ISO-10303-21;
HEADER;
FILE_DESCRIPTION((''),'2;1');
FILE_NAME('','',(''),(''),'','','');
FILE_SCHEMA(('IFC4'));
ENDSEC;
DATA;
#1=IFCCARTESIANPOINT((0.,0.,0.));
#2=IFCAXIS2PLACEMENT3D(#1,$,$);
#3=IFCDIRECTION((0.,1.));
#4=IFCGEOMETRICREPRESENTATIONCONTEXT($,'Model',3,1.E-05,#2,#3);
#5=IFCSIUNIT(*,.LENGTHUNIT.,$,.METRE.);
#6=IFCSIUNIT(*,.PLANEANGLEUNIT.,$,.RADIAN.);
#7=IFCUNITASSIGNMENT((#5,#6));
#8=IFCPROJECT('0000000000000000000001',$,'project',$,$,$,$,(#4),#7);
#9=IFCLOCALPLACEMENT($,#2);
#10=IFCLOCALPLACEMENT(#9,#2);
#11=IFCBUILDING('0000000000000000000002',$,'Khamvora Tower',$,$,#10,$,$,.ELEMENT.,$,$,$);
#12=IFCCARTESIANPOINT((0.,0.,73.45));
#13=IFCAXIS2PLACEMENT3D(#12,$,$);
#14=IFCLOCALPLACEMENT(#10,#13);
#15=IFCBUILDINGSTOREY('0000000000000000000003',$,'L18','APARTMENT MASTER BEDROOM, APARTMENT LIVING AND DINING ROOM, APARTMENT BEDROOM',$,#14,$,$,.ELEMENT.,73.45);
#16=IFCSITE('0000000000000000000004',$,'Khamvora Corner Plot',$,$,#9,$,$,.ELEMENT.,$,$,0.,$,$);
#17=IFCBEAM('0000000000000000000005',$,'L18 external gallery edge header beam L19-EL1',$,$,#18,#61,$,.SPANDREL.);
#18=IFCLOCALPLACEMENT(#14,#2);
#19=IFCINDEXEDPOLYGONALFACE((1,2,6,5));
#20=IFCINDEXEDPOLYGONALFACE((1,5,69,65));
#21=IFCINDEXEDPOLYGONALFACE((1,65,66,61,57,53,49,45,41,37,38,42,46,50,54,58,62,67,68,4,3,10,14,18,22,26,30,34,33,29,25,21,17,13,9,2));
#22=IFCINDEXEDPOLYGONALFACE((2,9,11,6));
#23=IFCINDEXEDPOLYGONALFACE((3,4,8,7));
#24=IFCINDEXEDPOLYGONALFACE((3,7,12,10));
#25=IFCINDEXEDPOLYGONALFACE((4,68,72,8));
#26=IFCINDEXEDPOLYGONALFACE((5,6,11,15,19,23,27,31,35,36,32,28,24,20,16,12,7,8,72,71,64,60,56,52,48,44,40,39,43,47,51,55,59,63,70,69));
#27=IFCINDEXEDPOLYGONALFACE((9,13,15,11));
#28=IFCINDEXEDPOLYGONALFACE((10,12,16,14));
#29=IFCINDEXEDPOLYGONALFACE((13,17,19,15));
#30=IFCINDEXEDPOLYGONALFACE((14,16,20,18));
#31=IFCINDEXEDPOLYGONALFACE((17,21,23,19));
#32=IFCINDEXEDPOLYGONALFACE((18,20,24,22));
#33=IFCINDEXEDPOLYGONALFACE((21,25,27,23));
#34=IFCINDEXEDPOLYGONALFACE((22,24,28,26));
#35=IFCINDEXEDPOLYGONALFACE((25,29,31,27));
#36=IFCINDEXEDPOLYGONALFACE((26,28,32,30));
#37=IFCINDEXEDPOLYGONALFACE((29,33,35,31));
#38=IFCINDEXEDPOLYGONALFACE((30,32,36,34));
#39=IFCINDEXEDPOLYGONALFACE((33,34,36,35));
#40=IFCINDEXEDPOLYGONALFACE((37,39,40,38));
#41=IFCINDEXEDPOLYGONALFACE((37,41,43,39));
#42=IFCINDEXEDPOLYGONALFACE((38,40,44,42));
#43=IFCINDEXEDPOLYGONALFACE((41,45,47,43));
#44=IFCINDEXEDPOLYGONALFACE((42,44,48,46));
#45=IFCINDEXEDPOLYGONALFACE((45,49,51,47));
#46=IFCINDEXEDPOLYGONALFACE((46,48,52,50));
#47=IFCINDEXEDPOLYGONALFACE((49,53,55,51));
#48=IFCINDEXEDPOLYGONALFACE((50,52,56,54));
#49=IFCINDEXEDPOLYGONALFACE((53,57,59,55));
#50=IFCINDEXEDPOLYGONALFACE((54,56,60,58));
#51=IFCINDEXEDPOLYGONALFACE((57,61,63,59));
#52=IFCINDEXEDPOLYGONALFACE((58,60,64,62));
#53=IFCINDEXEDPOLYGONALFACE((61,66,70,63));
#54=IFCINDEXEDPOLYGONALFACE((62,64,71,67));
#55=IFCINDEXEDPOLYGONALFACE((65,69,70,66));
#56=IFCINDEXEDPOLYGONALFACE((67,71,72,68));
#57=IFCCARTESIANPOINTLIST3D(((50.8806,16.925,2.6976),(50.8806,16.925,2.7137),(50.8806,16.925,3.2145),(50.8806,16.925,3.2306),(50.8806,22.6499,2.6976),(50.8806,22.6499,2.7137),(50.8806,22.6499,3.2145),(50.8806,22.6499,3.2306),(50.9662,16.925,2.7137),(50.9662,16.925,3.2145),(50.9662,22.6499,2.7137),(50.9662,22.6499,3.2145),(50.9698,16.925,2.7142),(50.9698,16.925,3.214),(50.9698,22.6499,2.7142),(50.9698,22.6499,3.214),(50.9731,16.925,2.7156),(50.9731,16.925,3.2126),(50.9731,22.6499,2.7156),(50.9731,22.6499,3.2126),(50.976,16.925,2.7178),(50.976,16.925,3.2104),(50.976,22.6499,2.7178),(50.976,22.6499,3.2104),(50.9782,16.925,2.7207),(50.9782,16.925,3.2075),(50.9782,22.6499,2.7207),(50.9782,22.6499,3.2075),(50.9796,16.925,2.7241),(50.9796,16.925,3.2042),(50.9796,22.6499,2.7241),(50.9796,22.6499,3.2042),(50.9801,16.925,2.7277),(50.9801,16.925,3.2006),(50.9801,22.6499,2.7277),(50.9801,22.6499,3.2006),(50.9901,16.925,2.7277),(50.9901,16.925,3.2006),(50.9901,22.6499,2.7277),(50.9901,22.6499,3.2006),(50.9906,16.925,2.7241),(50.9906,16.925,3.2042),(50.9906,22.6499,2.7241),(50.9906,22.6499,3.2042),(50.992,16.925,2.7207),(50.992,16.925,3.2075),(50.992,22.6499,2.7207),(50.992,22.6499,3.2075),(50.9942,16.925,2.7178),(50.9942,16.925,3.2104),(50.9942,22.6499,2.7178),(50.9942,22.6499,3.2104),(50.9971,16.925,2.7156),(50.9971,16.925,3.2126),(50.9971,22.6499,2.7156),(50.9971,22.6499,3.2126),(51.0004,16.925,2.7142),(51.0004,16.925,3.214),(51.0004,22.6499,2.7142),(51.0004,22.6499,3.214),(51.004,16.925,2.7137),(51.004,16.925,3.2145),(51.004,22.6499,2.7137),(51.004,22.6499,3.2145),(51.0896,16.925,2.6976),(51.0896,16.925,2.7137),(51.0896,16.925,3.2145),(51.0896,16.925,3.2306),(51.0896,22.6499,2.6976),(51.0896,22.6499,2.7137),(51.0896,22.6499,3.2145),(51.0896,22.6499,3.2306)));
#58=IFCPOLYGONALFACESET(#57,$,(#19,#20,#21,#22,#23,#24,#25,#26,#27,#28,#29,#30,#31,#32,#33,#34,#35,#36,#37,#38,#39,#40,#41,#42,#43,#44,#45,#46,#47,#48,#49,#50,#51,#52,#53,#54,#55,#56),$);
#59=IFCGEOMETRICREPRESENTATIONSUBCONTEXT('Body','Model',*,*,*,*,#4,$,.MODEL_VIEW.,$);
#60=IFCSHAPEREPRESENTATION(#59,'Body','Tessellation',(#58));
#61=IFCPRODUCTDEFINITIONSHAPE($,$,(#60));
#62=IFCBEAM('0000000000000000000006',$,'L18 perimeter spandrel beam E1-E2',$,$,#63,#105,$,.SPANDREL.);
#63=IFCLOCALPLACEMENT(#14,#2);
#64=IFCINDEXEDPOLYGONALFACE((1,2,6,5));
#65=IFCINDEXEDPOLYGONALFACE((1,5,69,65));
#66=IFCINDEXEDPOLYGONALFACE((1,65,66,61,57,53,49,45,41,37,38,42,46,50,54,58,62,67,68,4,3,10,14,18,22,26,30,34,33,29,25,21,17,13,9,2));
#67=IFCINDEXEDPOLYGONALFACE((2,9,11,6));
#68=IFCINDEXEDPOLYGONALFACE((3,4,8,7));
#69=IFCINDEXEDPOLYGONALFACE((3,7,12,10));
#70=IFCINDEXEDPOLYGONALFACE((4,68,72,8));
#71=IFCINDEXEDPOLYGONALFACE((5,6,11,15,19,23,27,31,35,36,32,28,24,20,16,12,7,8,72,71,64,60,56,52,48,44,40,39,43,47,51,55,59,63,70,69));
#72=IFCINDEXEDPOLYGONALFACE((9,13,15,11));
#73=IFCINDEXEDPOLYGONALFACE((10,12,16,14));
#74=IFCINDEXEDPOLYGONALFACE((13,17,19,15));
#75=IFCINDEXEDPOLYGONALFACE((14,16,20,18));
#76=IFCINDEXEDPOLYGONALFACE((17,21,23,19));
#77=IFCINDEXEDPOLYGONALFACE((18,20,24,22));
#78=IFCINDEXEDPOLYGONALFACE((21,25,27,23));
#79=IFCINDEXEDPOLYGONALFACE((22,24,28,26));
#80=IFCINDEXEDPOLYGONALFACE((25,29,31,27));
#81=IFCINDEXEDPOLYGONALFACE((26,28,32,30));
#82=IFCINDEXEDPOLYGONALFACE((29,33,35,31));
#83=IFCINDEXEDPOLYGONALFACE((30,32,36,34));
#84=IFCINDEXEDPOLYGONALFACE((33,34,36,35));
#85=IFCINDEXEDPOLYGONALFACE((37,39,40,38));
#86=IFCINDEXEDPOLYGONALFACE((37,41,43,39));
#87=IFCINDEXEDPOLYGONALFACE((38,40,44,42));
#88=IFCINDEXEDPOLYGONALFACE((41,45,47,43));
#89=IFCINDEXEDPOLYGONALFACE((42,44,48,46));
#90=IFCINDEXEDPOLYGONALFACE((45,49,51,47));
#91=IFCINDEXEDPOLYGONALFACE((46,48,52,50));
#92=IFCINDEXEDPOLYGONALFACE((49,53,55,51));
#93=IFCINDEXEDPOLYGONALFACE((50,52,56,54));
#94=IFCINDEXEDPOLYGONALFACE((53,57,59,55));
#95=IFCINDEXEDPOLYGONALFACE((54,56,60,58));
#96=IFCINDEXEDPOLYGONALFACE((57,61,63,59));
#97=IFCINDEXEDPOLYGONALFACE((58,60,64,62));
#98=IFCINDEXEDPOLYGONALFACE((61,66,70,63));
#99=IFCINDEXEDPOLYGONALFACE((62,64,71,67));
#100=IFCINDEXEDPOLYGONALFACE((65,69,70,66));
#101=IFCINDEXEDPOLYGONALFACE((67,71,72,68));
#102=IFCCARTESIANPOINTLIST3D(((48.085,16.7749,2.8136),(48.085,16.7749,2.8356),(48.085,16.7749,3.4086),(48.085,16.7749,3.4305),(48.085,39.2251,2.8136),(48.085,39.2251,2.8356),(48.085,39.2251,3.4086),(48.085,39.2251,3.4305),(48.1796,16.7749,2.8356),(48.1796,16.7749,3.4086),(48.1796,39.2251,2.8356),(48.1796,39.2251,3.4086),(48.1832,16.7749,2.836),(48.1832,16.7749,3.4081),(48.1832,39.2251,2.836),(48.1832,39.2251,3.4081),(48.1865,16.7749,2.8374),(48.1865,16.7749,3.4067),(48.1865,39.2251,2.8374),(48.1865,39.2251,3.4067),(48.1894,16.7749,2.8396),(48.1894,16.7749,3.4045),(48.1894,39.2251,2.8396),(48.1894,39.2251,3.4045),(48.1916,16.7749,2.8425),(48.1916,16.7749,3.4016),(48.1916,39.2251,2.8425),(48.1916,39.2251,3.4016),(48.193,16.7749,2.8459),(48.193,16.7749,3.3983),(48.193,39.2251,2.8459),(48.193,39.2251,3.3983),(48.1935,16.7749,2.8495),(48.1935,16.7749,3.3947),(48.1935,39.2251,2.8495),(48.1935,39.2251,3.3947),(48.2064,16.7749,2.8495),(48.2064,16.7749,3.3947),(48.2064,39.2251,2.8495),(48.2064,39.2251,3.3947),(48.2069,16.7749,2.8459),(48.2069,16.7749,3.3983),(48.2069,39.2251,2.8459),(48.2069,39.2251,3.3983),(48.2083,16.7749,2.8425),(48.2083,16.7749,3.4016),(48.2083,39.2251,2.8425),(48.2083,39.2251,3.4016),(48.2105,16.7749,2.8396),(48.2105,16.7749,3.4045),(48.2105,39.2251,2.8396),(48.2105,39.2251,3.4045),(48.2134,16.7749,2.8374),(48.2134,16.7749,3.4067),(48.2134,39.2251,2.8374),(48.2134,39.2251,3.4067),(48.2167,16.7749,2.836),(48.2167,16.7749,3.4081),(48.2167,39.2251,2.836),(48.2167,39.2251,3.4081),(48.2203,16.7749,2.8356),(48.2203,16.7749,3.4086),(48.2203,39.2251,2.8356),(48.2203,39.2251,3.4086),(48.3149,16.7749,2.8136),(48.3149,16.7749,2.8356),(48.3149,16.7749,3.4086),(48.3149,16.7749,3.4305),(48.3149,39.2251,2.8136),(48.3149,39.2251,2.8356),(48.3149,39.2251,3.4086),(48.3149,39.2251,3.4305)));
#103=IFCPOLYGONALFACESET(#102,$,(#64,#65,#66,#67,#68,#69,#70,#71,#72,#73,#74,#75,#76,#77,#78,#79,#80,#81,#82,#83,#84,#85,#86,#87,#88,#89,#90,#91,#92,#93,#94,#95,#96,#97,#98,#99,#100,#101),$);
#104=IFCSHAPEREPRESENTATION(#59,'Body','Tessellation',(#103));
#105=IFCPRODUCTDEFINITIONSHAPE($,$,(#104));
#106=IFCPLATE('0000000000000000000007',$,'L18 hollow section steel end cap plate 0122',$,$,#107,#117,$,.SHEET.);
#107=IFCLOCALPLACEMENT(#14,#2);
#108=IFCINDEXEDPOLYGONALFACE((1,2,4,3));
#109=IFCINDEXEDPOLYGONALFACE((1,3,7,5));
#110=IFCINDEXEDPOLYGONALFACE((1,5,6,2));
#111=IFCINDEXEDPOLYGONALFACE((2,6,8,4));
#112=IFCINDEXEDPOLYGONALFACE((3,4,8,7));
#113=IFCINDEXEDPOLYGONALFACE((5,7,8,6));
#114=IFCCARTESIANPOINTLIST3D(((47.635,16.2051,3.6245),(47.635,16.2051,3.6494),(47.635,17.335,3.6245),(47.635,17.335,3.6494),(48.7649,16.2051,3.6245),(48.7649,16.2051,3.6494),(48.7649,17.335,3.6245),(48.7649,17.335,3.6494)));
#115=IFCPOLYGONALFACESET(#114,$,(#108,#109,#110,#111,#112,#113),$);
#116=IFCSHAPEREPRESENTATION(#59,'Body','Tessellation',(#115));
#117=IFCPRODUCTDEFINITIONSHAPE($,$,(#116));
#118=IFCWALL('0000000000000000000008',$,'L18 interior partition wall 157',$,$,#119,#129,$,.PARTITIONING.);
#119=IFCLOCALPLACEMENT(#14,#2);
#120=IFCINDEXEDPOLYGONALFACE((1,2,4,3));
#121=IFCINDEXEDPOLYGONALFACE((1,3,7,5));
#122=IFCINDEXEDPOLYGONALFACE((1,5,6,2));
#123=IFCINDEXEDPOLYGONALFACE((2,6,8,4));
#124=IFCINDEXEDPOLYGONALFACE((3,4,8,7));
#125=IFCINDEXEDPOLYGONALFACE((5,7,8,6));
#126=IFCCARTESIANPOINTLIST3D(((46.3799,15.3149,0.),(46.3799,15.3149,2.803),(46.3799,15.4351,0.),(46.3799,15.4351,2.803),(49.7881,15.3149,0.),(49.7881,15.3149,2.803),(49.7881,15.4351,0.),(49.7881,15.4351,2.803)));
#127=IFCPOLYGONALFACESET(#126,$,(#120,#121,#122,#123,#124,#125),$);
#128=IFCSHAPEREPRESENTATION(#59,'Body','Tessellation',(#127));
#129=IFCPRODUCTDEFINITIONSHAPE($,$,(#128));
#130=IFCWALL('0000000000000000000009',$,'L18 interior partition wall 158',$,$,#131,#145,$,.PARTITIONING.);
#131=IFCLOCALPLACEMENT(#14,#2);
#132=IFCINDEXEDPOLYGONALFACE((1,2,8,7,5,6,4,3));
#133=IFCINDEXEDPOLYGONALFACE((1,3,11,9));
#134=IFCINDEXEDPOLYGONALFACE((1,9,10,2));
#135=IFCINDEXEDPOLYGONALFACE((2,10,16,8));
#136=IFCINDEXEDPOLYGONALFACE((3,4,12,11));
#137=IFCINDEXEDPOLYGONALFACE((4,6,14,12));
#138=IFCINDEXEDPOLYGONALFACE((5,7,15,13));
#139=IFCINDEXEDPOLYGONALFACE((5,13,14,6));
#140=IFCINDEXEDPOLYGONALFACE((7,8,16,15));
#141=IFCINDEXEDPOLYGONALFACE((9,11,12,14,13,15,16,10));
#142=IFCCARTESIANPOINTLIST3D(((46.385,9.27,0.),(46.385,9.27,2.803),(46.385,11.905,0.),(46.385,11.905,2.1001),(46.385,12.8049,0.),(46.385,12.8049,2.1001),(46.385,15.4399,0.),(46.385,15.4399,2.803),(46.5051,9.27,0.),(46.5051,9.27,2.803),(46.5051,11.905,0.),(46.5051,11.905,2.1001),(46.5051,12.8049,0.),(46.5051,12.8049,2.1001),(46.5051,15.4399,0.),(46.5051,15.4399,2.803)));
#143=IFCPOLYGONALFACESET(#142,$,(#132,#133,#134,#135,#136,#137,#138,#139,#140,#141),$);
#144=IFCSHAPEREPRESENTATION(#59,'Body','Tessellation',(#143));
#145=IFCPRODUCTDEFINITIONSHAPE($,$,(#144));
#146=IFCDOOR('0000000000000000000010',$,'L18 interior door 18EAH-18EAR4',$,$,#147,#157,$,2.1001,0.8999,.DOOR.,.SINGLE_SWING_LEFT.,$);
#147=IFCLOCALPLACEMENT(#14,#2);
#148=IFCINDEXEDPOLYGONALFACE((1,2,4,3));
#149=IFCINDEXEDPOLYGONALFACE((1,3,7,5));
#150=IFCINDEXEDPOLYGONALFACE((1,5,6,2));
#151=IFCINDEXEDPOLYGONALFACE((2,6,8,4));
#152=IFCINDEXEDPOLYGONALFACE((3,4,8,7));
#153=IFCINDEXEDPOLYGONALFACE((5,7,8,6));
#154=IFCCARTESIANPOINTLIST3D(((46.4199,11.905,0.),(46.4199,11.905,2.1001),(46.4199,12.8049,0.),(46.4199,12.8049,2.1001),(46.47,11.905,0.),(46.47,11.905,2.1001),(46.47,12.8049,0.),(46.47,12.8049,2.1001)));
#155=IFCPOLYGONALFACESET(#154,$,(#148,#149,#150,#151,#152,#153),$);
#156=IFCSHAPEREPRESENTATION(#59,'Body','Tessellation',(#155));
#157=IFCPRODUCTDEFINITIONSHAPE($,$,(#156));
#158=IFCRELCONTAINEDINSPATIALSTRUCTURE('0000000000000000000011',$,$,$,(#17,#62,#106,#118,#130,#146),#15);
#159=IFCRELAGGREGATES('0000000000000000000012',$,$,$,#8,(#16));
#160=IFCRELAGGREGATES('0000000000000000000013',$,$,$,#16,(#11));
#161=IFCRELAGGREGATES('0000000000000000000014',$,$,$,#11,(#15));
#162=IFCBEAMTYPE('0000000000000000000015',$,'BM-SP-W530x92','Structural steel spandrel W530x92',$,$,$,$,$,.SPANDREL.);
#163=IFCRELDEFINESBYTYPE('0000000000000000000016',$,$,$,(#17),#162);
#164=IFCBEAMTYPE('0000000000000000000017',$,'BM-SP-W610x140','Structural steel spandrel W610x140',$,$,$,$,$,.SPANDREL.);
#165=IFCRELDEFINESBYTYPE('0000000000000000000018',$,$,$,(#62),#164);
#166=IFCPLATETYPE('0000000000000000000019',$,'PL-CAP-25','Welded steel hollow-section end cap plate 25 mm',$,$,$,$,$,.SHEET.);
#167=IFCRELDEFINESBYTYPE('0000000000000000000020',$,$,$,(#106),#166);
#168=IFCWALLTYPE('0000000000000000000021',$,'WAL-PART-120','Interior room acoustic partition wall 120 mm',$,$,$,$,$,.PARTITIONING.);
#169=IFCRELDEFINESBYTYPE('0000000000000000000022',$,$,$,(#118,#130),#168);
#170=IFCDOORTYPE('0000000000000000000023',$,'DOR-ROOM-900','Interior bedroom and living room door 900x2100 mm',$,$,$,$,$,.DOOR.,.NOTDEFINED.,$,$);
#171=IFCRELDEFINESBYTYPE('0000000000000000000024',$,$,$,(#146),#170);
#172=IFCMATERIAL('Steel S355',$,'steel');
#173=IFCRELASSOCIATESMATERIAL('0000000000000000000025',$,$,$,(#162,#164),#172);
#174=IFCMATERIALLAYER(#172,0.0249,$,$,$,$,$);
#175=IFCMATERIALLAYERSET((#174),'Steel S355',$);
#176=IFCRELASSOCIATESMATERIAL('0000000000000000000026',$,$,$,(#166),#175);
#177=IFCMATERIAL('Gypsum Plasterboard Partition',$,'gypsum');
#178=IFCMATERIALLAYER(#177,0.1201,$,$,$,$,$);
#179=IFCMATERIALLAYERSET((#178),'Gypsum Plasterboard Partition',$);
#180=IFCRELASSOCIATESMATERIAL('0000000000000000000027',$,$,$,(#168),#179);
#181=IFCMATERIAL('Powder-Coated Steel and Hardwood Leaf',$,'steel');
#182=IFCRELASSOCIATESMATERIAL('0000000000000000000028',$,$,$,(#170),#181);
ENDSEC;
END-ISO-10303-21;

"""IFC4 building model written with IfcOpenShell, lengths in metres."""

from ifc_helpers import new_model, si_unit, direction, frame, frame_2d, origin, origin_2d, place, context, subcontext, project, spatial, rectangle, i_section, extrude, material, layer, layer_set, material_profile, profile_set, type_object, element, fill, save


model = new_model("IFC4")

# Units and contexts
model_context = context("Model", 3, precision=1e-05, world=origin(), true_north=direction((0.0, 1.0)))
body_context = subcontext(model_context, "Body", "Model", "MODEL_VIEW")
ifc_project = project(units=[si_unit("LENGTHUNIT", "METRE"), si_unit("PLANEANGLEUNIT", "RADIAN")], contexts=[model_context])

# Site, building, storey
site_placement = place(None, origin())
site = spatial("IfcSite", under=ifc_project, at=site_placement, Name="Khamvora Corner Plot", CompositionType="ELEMENT", RefElevation=0.0)
building_placement = place(site_placement, origin())
building = spatial("IfcBuilding", under=site, at=building_placement, Name="Khamvora Tower", CompositionType="ELEMENT")
storey_placement = place(building_placement, frame((0.0, 0.0, 73.45)))
storey = spatial("IfcBuildingStorey", under=building, at=storey_placement, Name="L18", Description="APARTMENT MASTER BEDROOM, APARTMENT LIVING AND DINING ROOM, APARTMENT BEDROOM", CompositionType="ELEMENT", Elevation=73.45)

# Beams
ifc_material_1 = material(Name="Steel S355", Category="steel")
ifc_material_profile_1 = material_profile(ifc_material_1, i_section(OverallWidth=0.209, OverallDepth=0.533, WebThickness=0.01, FlangeThickness=0.0161, FilletRadius=0.0139, at=origin_2d()), Name="W530x92")
ifc_profile_set_1 = profile_set([ifc_material_profile_1], Name="Steel S355")
beam_type_1 = type_object("IfcBeamType", Name="BM-SP-W530x92", Description="Structural steel spandrel W530x92", PredefinedType="SPANDREL", material=ifc_profile_set_1)
beam_1_placement = place(storey_placement, frame((50.9851, 16.925, 2.9641), z_axis=(0.0, 1.0, 0.0), x_axis=(-1.0, 0.0, 0.0)))
element("IfcBeam", 1, at=beam_1_placement, inside=storey, type_object=beam_type_1, Name="L18 external gallery edge header beam L19-EL1", PredefinedType="SPANDREL", context=body_context, shape_type="SweptSolid", body=[
    extrude(i_section(OverallWidth=0.209, OverallDepth=0.533, WebThickness=0.01, FlangeThickness=0.0161, FilletRadius=0.0139, at=origin_2d()), origin(), (0.0, 0.0, 1.0), 5.7249),
])
ifc_material_profile_2 = material_profile(ifc_material_1, i_section(OverallWidth=0.23, OverallDepth=0.6169, WebThickness=0.0129, FlangeThickness=0.022, FilletRadius=0.0139, at=origin_2d()), Name="W610x140")
ifc_profile_set_2 = profile_set([ifc_material_profile_2], Name="Steel S355")
beam_type_2 = type_object("IfcBeamType", Name="BM-SP-W610x140", Description="Structural steel spandrel W610x140", PredefinedType="SPANDREL", material=ifc_profile_set_2)
beam_2_placement = place(storey_placement, frame((48.2, 16.7749, 3.1221), z_axis=(0.0, 1.0, 0.0), x_axis=(-1.0, 0.0, 0.0)))
element("IfcBeam", 2, at=beam_2_placement, inside=storey, type_object=beam_type_2, Name="L18 perimeter spandrel beam E1-E2", PredefinedType="SPANDREL", context=body_context, shape_type="SweptSolid", body=[
    extrude(i_section(OverallWidth=0.23, OverallDepth=0.6169, WebThickness=0.0129, FlangeThickness=0.022, FilletRadius=0.0139, at=origin_2d()), origin(), (0.0, 0.0, 1.0), 22.4502),
])

# Plate
ifc_layer_1 = layer(ifc_material_1, 0.0249)
ifc_layer_set_1 = layer_set([ifc_layer_1], Name="Steel S355")
plate_type = type_object("IfcPlateType", Name="PL-CAP-25", Description="Welded steel hollow-section end cap plate 25 mm", PredefinedType="SHEET", material=ifc_layer_set_1)
plate_placement = place(storey_placement, frame((48.2, 16.77, 3.6245), z_axis=(0.0, 0.0, 1.0), x_axis=(1.0, 0.0, 0.0)))
element("IfcPlate", 3, at=plate_placement, inside=storey, type_object=plate_type, Name="L18 hollow section steel end cap plate 0122", PredefinedType="SHEET", context=body_context, shape_type="SweptSolid", body=[
    extrude(rectangle(XDim=1.1299, YDim=1.1299, at=origin_2d()), origin(), (0.0, 0.0, 1.0), 0.0249),
])

# Wall
ifc_material_2 = material(Name="Gypsum Plasterboard Partition", Category="gypsum")
ifc_layer_2 = layer(ifc_material_2, 0.1201)
ifc_layer_set_2 = layer_set([ifc_layer_2], Name="Gypsum Plasterboard Partition")
wall_type_1 = type_object("IfcWallType", Name="WAL-PART-120", Description="Interior room acoustic partition wall 120 mm", PredefinedType="PARTITIONING", material=ifc_layer_set_2)
wall_1_placement = place(storey_placement, frame((49.7881, 15.375, 0.0), z_axis=(0.0, 0.0, 1.0), x_axis=(-1.0, 0.0, 0.0)))
element("IfcWall", 4, at=wall_1_placement, inside=storey, type_object=wall_type_1, Name="L18 interior partition wall 157", PredefinedType="PARTITIONING", context=body_context, shape_type="SweptSolid", body=[
    extrude(rectangle(XDim=3.4082, YDim=0.1201, at=frame_2d((1.7041, 0.0))), origin(), (0.0, 0.0, 1.0), 2.803),
])

# Wall, opening, door
wall_2_placement = place(storey_placement, frame((46.4451, 15.4399, 0.0), z_axis=(0.0, 0.0, 1.0), x_axis=(0.0, -1.0, 0.0)))
wall_2 = element("IfcWall", 5, at=wall_2_placement, inside=storey, type_object=wall_type_1, Name="L18 interior partition wall 158", PredefinedType="PARTITIONING", context=body_context, shape_type="SweptSolid", body=[
    extrude(rectangle(XDim=6.1699, YDim=0.1201, at=frame_2d((3.085, 0.0))), origin(), (0.0, 0.0, 1.0), 2.803),
])
opening_1_placement = place(wall_2_placement, frame((2.635, 0.0, 0.0)))
opening_1 = element("IfcOpeningElement", 6, at=opening_1_placement, cuts=wall_2, PredefinedType="OPENING", context=body_context, shape_type="SweptSolid", body=[
    extrude(rectangle(XDim=0.8999, YDim=2.1001, at=frame_2d((0.45, 1.05))), frame((0.0, 0.0701, 0.0), z_axis=(0.0, -1.0, 0.0), x_axis=(1.0, 0.0, 0.0)), (0.0, 0.0, 1.0), 0.1401),
])
ifc_material_3 = material(Name="Powder-Coated Steel and Hardwood Leaf", Category="steel")
door_type_1 = type_object("IfcDoorType", Name="DOR-ROOM-900", Description="Interior bedroom and living room door 900x2100 mm", OperationType="NOTDEFINED", PredefinedType="DOOR", material=ifc_material_3)
door_1_placement = place(opening_1_placement, origin())
door_1 = element("IfcDoor", 7, at=door_1_placement, inside=storey, type_object=door_type_1, Name="L18 interior door 18EAH-18EAR4", OperationType="SINGLE_SWING_LEFT", OverallHeight=2.1001, OverallWidth=0.8999, PredefinedType="DOOR", context=body_context, shape_type="SweptSolid", body=[
    extrude(rectangle(XDim=0.8999, YDim=2.1001, at=frame_2d((0.45, 1.05))), frame((0.0, 0.0249, 0.0), z_axis=(0.0, -1.0, 0.0), x_axis=(1.0, 0.0, 0.0)), (0.0, 0.0, 1.0), 0.05),
])
fill(opening_1, door_1)

save(model, "model.ifc")
